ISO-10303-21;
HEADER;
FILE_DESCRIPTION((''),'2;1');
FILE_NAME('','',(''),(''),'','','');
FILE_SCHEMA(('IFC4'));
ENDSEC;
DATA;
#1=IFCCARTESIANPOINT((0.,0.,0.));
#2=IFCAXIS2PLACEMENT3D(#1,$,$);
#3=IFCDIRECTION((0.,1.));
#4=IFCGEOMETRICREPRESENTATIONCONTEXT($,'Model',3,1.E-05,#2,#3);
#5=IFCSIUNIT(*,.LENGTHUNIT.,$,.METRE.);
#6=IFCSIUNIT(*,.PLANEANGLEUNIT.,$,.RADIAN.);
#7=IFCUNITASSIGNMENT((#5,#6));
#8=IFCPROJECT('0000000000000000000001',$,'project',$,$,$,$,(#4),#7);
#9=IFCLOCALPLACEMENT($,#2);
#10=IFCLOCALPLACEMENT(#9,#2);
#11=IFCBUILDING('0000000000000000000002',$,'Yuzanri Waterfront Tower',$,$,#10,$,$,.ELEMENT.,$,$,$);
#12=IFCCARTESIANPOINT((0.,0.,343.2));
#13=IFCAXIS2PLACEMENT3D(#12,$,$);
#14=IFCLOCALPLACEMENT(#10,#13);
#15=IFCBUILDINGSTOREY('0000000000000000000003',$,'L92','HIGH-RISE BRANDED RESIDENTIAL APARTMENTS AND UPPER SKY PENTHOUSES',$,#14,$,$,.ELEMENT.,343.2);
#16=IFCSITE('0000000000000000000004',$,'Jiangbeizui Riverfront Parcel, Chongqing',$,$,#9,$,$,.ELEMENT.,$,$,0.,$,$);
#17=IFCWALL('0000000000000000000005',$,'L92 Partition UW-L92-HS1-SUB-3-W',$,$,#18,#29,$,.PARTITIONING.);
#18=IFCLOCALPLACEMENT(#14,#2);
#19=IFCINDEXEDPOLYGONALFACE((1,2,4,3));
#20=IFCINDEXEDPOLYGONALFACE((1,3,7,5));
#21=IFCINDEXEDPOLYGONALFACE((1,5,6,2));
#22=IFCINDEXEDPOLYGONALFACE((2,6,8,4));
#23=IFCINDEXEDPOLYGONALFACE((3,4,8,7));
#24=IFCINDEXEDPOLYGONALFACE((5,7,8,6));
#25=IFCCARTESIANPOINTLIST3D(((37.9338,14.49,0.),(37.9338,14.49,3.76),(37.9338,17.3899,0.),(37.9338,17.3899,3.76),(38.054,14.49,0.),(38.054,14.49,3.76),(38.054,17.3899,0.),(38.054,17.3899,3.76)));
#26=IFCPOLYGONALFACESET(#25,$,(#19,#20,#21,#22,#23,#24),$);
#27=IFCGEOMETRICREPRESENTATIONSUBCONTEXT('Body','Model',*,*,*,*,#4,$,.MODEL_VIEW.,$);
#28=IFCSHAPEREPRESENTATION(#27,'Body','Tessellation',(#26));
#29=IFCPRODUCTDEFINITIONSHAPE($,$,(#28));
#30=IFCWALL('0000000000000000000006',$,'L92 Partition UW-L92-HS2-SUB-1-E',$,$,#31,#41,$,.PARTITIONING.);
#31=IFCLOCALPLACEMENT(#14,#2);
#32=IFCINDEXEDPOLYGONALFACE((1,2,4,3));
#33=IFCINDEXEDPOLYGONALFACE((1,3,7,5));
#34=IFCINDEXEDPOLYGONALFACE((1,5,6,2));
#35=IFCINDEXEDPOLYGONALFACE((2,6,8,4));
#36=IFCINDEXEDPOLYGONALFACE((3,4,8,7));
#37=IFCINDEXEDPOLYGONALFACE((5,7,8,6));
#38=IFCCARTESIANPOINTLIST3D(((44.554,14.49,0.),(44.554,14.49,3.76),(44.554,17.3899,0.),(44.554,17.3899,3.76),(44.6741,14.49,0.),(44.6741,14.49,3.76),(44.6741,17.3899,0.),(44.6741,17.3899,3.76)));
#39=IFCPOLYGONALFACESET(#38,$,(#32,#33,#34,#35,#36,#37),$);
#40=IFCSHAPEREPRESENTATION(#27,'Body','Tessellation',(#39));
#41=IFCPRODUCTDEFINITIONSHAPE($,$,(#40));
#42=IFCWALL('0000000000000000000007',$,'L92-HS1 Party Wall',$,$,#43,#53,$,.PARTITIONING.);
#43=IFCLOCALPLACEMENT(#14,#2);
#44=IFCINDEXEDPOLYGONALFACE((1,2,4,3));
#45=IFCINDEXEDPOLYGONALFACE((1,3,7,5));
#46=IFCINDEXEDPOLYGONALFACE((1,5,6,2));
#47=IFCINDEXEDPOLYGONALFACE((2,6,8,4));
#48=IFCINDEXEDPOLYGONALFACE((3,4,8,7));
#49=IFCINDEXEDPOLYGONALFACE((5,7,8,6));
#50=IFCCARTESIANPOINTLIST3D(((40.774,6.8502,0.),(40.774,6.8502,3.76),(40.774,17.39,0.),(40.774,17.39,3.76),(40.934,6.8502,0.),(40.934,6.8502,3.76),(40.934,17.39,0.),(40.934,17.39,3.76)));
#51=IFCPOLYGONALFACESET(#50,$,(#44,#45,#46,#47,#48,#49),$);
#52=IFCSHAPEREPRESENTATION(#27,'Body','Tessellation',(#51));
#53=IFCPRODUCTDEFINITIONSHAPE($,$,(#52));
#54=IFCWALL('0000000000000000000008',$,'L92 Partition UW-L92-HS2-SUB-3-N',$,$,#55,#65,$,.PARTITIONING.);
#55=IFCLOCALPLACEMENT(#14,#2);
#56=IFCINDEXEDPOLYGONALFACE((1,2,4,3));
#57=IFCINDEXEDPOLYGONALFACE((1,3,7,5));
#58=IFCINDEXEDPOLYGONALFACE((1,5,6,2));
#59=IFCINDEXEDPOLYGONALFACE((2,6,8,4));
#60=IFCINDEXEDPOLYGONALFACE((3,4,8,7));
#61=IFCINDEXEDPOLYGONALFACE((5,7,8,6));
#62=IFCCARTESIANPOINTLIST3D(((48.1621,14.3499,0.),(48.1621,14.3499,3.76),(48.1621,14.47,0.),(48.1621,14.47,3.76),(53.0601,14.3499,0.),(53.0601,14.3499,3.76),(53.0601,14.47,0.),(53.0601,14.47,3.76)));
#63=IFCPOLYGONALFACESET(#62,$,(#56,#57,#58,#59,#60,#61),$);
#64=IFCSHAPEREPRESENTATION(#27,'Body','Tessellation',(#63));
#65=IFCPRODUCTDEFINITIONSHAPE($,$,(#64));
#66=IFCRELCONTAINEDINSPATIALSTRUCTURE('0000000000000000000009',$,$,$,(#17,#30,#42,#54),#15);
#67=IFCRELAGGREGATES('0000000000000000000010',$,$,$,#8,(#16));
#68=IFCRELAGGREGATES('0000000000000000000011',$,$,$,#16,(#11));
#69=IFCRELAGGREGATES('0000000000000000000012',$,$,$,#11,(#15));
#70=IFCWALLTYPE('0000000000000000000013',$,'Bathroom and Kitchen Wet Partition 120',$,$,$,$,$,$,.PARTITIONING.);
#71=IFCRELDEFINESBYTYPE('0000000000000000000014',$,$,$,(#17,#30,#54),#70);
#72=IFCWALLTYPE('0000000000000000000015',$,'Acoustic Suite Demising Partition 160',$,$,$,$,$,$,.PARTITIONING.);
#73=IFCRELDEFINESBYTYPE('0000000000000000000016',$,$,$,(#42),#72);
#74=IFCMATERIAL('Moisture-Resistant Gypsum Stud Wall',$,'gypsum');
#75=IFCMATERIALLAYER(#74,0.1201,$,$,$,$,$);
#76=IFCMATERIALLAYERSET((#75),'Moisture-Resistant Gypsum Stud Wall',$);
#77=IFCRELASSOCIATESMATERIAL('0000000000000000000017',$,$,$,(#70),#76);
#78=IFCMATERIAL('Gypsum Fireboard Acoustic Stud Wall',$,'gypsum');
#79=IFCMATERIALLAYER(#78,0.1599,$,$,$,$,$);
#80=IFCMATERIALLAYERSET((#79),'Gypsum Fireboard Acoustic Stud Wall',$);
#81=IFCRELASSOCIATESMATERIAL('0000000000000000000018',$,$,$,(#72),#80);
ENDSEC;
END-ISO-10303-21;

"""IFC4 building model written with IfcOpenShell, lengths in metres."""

from ifc_helpers import new_model, si_unit, direction, frame, frame_2d, origin, place, context, subcontext, project, spatial, rectangle, extrude, source, transform, mapped, material, layer, layer_set, type_object, element, save


model = new_model("IFC4")

# Units and contexts
model_context = context("Model", 3, precision=1e-05, world=origin(), true_north=direction((0.0, 1.0)))
body_context = subcontext(model_context, "Body", "Model", "MODEL_VIEW")
ifc_project = project(units=[si_unit("LENGTHUNIT", "METRE"), si_unit("PLANEANGLEUNIT", "RADIAN")], contexts=[model_context])

# Site, building, storey
site_placement = place(None, origin())
site = spatial("IfcSite", under=ifc_project, at=site_placement, Name="Jiangbeizui Riverfront Parcel, Chongqing", CompositionType="ELEMENT", RefElevation=0.0)
building_placement = place(site_placement, origin())
building = spatial("IfcBuilding", under=site, at=building_placement, Name="Yuzanri Waterfront Tower", CompositionType="ELEMENT")
storey_placement = place(building_placement, frame((0.0, 0.0, 343.2)))
storey = spatial("IfcBuildingStorey", under=building, at=storey_placement, Name="L92", Description="HIGH-RISE BRANDED RESIDENTIAL APARTMENTS AND UPPER SKY PENTHOUSES", CompositionType="ELEMENT", Elevation=343.2)

# Shared definitions
ifc_material_1 = material(Name="Moisture-Resistant Gypsum Stud Wall", Category="gypsum")
ifc_layer_1 = layer(ifc_material_1, 0.1201)
ifc_layer_set_1 = layer_set([ifc_layer_1], Name="Moisture-Resistant Gypsum Stud Wall")
wall_type_1 = type_object("IfcWallType", Name="Bathroom and Kitchen Wet Partition 120", PredefinedType="PARTITIONING", material=ifc_layer_set_1)

# Walls
shared_shape_1 = source(origin(), body_context, "Body", "SweptSolid", [
    extrude(rectangle(XDim=2.8999, YDim=0.1201, at=frame_2d((1.45, 0.0))), origin(), (0.0, 0.0, 1.0), 3.76),
])
for number, where, z_axis, x_axis, name in (
    (1, (37.9939, 14.49, 0.0), (0.0, 0.0, 1.0), (0.0, 1.0, 0.0), "L92 Partition UW-L92-HS1-SUB-3-W"),
    (2, (44.614, 14.49, 0.0), (0.0, 0.0, 1.0), (0.0, 1.0, 0.0), "L92 Partition UW-L92-HS2-SUB-1-E"),
):
    element("IfcWall", number, at=place(storey_placement, frame(where, z_axis=z_axis, x_axis=x_axis)), inside=storey, type_object=wall_type_1, Name=name, PredefinedType="PARTITIONING", context=body_context, shape_type="MappedRepresentation", body=[
        mapped(shared_shape_1, transform((0.0, 0.0, 0.0), scale=1.0)),
    ])
ifc_material_2 = material(Name="Gypsum Fireboard Acoustic Stud Wall", Category="gypsum")
ifc_layer_2 = layer(ifc_material_2, 0.1599)
ifc_layer_set_2 = layer_set([ifc_layer_2], Name="Gypsum Fireboard Acoustic Stud Wall")
wall_type_2 = type_object("IfcWallType", Name="Acoustic Suite Demising Partition 160", PredefinedType="PARTITIONING", material=ifc_layer_set_2)
shared_shape_2 = source(origin(), body_context, "Body", "SweptSolid", [
    extrude(rectangle(XDim=10.5398, YDim=0.1599, at=frame_2d((5.27, 0.0))), origin(), (0.0, 0.0, 1.0), 3.76),
])
wall_1_placement = place(storey_placement, frame((40.854, 6.8501, 0.0), z_axis=(0.0, 0.0, 1.0), x_axis=(0.0, 1.0, 0.0)))
element("IfcWall", 3, at=wall_1_placement, inside=storey, type_object=wall_type_2, Name="L92-HS1 Party Wall", PredefinedType="PARTITIONING", context=body_context, shape_type="MappedRepresentation", body=[
    mapped(shared_shape_2, transform((0.0, 0.0, 0.0), scale=1.0)),
])
shared_shape_3 = source(origin(), body_context, "Body", "SweptSolid", [
    extrude(rectangle(XDim=4.8979, YDim=0.1201, at=frame_2d((2.449, 0.0))), origin(), (0.0, 0.0, 1.0), 3.76),
])
wall_2_placement = place(storey_placement, frame((48.1621, 14.4099, 0.0), z_axis=(0.0, 0.0, 1.0), x_axis=(1.0, 0.0, 0.0)))
element("IfcWall", 4, at=wall_2_placement, inside=storey, type_object=wall_type_1, Name="L92 Partition UW-L92-HS2-SUB-3-N", PredefinedType="PARTITIONING", context=body_context, shape_type="MappedRepresentation", body=[
    mapped(shared_shape_3, transform((0.0, 0.0, 0.0), scale=1.0)),
])

save(model, "model.ifc")
